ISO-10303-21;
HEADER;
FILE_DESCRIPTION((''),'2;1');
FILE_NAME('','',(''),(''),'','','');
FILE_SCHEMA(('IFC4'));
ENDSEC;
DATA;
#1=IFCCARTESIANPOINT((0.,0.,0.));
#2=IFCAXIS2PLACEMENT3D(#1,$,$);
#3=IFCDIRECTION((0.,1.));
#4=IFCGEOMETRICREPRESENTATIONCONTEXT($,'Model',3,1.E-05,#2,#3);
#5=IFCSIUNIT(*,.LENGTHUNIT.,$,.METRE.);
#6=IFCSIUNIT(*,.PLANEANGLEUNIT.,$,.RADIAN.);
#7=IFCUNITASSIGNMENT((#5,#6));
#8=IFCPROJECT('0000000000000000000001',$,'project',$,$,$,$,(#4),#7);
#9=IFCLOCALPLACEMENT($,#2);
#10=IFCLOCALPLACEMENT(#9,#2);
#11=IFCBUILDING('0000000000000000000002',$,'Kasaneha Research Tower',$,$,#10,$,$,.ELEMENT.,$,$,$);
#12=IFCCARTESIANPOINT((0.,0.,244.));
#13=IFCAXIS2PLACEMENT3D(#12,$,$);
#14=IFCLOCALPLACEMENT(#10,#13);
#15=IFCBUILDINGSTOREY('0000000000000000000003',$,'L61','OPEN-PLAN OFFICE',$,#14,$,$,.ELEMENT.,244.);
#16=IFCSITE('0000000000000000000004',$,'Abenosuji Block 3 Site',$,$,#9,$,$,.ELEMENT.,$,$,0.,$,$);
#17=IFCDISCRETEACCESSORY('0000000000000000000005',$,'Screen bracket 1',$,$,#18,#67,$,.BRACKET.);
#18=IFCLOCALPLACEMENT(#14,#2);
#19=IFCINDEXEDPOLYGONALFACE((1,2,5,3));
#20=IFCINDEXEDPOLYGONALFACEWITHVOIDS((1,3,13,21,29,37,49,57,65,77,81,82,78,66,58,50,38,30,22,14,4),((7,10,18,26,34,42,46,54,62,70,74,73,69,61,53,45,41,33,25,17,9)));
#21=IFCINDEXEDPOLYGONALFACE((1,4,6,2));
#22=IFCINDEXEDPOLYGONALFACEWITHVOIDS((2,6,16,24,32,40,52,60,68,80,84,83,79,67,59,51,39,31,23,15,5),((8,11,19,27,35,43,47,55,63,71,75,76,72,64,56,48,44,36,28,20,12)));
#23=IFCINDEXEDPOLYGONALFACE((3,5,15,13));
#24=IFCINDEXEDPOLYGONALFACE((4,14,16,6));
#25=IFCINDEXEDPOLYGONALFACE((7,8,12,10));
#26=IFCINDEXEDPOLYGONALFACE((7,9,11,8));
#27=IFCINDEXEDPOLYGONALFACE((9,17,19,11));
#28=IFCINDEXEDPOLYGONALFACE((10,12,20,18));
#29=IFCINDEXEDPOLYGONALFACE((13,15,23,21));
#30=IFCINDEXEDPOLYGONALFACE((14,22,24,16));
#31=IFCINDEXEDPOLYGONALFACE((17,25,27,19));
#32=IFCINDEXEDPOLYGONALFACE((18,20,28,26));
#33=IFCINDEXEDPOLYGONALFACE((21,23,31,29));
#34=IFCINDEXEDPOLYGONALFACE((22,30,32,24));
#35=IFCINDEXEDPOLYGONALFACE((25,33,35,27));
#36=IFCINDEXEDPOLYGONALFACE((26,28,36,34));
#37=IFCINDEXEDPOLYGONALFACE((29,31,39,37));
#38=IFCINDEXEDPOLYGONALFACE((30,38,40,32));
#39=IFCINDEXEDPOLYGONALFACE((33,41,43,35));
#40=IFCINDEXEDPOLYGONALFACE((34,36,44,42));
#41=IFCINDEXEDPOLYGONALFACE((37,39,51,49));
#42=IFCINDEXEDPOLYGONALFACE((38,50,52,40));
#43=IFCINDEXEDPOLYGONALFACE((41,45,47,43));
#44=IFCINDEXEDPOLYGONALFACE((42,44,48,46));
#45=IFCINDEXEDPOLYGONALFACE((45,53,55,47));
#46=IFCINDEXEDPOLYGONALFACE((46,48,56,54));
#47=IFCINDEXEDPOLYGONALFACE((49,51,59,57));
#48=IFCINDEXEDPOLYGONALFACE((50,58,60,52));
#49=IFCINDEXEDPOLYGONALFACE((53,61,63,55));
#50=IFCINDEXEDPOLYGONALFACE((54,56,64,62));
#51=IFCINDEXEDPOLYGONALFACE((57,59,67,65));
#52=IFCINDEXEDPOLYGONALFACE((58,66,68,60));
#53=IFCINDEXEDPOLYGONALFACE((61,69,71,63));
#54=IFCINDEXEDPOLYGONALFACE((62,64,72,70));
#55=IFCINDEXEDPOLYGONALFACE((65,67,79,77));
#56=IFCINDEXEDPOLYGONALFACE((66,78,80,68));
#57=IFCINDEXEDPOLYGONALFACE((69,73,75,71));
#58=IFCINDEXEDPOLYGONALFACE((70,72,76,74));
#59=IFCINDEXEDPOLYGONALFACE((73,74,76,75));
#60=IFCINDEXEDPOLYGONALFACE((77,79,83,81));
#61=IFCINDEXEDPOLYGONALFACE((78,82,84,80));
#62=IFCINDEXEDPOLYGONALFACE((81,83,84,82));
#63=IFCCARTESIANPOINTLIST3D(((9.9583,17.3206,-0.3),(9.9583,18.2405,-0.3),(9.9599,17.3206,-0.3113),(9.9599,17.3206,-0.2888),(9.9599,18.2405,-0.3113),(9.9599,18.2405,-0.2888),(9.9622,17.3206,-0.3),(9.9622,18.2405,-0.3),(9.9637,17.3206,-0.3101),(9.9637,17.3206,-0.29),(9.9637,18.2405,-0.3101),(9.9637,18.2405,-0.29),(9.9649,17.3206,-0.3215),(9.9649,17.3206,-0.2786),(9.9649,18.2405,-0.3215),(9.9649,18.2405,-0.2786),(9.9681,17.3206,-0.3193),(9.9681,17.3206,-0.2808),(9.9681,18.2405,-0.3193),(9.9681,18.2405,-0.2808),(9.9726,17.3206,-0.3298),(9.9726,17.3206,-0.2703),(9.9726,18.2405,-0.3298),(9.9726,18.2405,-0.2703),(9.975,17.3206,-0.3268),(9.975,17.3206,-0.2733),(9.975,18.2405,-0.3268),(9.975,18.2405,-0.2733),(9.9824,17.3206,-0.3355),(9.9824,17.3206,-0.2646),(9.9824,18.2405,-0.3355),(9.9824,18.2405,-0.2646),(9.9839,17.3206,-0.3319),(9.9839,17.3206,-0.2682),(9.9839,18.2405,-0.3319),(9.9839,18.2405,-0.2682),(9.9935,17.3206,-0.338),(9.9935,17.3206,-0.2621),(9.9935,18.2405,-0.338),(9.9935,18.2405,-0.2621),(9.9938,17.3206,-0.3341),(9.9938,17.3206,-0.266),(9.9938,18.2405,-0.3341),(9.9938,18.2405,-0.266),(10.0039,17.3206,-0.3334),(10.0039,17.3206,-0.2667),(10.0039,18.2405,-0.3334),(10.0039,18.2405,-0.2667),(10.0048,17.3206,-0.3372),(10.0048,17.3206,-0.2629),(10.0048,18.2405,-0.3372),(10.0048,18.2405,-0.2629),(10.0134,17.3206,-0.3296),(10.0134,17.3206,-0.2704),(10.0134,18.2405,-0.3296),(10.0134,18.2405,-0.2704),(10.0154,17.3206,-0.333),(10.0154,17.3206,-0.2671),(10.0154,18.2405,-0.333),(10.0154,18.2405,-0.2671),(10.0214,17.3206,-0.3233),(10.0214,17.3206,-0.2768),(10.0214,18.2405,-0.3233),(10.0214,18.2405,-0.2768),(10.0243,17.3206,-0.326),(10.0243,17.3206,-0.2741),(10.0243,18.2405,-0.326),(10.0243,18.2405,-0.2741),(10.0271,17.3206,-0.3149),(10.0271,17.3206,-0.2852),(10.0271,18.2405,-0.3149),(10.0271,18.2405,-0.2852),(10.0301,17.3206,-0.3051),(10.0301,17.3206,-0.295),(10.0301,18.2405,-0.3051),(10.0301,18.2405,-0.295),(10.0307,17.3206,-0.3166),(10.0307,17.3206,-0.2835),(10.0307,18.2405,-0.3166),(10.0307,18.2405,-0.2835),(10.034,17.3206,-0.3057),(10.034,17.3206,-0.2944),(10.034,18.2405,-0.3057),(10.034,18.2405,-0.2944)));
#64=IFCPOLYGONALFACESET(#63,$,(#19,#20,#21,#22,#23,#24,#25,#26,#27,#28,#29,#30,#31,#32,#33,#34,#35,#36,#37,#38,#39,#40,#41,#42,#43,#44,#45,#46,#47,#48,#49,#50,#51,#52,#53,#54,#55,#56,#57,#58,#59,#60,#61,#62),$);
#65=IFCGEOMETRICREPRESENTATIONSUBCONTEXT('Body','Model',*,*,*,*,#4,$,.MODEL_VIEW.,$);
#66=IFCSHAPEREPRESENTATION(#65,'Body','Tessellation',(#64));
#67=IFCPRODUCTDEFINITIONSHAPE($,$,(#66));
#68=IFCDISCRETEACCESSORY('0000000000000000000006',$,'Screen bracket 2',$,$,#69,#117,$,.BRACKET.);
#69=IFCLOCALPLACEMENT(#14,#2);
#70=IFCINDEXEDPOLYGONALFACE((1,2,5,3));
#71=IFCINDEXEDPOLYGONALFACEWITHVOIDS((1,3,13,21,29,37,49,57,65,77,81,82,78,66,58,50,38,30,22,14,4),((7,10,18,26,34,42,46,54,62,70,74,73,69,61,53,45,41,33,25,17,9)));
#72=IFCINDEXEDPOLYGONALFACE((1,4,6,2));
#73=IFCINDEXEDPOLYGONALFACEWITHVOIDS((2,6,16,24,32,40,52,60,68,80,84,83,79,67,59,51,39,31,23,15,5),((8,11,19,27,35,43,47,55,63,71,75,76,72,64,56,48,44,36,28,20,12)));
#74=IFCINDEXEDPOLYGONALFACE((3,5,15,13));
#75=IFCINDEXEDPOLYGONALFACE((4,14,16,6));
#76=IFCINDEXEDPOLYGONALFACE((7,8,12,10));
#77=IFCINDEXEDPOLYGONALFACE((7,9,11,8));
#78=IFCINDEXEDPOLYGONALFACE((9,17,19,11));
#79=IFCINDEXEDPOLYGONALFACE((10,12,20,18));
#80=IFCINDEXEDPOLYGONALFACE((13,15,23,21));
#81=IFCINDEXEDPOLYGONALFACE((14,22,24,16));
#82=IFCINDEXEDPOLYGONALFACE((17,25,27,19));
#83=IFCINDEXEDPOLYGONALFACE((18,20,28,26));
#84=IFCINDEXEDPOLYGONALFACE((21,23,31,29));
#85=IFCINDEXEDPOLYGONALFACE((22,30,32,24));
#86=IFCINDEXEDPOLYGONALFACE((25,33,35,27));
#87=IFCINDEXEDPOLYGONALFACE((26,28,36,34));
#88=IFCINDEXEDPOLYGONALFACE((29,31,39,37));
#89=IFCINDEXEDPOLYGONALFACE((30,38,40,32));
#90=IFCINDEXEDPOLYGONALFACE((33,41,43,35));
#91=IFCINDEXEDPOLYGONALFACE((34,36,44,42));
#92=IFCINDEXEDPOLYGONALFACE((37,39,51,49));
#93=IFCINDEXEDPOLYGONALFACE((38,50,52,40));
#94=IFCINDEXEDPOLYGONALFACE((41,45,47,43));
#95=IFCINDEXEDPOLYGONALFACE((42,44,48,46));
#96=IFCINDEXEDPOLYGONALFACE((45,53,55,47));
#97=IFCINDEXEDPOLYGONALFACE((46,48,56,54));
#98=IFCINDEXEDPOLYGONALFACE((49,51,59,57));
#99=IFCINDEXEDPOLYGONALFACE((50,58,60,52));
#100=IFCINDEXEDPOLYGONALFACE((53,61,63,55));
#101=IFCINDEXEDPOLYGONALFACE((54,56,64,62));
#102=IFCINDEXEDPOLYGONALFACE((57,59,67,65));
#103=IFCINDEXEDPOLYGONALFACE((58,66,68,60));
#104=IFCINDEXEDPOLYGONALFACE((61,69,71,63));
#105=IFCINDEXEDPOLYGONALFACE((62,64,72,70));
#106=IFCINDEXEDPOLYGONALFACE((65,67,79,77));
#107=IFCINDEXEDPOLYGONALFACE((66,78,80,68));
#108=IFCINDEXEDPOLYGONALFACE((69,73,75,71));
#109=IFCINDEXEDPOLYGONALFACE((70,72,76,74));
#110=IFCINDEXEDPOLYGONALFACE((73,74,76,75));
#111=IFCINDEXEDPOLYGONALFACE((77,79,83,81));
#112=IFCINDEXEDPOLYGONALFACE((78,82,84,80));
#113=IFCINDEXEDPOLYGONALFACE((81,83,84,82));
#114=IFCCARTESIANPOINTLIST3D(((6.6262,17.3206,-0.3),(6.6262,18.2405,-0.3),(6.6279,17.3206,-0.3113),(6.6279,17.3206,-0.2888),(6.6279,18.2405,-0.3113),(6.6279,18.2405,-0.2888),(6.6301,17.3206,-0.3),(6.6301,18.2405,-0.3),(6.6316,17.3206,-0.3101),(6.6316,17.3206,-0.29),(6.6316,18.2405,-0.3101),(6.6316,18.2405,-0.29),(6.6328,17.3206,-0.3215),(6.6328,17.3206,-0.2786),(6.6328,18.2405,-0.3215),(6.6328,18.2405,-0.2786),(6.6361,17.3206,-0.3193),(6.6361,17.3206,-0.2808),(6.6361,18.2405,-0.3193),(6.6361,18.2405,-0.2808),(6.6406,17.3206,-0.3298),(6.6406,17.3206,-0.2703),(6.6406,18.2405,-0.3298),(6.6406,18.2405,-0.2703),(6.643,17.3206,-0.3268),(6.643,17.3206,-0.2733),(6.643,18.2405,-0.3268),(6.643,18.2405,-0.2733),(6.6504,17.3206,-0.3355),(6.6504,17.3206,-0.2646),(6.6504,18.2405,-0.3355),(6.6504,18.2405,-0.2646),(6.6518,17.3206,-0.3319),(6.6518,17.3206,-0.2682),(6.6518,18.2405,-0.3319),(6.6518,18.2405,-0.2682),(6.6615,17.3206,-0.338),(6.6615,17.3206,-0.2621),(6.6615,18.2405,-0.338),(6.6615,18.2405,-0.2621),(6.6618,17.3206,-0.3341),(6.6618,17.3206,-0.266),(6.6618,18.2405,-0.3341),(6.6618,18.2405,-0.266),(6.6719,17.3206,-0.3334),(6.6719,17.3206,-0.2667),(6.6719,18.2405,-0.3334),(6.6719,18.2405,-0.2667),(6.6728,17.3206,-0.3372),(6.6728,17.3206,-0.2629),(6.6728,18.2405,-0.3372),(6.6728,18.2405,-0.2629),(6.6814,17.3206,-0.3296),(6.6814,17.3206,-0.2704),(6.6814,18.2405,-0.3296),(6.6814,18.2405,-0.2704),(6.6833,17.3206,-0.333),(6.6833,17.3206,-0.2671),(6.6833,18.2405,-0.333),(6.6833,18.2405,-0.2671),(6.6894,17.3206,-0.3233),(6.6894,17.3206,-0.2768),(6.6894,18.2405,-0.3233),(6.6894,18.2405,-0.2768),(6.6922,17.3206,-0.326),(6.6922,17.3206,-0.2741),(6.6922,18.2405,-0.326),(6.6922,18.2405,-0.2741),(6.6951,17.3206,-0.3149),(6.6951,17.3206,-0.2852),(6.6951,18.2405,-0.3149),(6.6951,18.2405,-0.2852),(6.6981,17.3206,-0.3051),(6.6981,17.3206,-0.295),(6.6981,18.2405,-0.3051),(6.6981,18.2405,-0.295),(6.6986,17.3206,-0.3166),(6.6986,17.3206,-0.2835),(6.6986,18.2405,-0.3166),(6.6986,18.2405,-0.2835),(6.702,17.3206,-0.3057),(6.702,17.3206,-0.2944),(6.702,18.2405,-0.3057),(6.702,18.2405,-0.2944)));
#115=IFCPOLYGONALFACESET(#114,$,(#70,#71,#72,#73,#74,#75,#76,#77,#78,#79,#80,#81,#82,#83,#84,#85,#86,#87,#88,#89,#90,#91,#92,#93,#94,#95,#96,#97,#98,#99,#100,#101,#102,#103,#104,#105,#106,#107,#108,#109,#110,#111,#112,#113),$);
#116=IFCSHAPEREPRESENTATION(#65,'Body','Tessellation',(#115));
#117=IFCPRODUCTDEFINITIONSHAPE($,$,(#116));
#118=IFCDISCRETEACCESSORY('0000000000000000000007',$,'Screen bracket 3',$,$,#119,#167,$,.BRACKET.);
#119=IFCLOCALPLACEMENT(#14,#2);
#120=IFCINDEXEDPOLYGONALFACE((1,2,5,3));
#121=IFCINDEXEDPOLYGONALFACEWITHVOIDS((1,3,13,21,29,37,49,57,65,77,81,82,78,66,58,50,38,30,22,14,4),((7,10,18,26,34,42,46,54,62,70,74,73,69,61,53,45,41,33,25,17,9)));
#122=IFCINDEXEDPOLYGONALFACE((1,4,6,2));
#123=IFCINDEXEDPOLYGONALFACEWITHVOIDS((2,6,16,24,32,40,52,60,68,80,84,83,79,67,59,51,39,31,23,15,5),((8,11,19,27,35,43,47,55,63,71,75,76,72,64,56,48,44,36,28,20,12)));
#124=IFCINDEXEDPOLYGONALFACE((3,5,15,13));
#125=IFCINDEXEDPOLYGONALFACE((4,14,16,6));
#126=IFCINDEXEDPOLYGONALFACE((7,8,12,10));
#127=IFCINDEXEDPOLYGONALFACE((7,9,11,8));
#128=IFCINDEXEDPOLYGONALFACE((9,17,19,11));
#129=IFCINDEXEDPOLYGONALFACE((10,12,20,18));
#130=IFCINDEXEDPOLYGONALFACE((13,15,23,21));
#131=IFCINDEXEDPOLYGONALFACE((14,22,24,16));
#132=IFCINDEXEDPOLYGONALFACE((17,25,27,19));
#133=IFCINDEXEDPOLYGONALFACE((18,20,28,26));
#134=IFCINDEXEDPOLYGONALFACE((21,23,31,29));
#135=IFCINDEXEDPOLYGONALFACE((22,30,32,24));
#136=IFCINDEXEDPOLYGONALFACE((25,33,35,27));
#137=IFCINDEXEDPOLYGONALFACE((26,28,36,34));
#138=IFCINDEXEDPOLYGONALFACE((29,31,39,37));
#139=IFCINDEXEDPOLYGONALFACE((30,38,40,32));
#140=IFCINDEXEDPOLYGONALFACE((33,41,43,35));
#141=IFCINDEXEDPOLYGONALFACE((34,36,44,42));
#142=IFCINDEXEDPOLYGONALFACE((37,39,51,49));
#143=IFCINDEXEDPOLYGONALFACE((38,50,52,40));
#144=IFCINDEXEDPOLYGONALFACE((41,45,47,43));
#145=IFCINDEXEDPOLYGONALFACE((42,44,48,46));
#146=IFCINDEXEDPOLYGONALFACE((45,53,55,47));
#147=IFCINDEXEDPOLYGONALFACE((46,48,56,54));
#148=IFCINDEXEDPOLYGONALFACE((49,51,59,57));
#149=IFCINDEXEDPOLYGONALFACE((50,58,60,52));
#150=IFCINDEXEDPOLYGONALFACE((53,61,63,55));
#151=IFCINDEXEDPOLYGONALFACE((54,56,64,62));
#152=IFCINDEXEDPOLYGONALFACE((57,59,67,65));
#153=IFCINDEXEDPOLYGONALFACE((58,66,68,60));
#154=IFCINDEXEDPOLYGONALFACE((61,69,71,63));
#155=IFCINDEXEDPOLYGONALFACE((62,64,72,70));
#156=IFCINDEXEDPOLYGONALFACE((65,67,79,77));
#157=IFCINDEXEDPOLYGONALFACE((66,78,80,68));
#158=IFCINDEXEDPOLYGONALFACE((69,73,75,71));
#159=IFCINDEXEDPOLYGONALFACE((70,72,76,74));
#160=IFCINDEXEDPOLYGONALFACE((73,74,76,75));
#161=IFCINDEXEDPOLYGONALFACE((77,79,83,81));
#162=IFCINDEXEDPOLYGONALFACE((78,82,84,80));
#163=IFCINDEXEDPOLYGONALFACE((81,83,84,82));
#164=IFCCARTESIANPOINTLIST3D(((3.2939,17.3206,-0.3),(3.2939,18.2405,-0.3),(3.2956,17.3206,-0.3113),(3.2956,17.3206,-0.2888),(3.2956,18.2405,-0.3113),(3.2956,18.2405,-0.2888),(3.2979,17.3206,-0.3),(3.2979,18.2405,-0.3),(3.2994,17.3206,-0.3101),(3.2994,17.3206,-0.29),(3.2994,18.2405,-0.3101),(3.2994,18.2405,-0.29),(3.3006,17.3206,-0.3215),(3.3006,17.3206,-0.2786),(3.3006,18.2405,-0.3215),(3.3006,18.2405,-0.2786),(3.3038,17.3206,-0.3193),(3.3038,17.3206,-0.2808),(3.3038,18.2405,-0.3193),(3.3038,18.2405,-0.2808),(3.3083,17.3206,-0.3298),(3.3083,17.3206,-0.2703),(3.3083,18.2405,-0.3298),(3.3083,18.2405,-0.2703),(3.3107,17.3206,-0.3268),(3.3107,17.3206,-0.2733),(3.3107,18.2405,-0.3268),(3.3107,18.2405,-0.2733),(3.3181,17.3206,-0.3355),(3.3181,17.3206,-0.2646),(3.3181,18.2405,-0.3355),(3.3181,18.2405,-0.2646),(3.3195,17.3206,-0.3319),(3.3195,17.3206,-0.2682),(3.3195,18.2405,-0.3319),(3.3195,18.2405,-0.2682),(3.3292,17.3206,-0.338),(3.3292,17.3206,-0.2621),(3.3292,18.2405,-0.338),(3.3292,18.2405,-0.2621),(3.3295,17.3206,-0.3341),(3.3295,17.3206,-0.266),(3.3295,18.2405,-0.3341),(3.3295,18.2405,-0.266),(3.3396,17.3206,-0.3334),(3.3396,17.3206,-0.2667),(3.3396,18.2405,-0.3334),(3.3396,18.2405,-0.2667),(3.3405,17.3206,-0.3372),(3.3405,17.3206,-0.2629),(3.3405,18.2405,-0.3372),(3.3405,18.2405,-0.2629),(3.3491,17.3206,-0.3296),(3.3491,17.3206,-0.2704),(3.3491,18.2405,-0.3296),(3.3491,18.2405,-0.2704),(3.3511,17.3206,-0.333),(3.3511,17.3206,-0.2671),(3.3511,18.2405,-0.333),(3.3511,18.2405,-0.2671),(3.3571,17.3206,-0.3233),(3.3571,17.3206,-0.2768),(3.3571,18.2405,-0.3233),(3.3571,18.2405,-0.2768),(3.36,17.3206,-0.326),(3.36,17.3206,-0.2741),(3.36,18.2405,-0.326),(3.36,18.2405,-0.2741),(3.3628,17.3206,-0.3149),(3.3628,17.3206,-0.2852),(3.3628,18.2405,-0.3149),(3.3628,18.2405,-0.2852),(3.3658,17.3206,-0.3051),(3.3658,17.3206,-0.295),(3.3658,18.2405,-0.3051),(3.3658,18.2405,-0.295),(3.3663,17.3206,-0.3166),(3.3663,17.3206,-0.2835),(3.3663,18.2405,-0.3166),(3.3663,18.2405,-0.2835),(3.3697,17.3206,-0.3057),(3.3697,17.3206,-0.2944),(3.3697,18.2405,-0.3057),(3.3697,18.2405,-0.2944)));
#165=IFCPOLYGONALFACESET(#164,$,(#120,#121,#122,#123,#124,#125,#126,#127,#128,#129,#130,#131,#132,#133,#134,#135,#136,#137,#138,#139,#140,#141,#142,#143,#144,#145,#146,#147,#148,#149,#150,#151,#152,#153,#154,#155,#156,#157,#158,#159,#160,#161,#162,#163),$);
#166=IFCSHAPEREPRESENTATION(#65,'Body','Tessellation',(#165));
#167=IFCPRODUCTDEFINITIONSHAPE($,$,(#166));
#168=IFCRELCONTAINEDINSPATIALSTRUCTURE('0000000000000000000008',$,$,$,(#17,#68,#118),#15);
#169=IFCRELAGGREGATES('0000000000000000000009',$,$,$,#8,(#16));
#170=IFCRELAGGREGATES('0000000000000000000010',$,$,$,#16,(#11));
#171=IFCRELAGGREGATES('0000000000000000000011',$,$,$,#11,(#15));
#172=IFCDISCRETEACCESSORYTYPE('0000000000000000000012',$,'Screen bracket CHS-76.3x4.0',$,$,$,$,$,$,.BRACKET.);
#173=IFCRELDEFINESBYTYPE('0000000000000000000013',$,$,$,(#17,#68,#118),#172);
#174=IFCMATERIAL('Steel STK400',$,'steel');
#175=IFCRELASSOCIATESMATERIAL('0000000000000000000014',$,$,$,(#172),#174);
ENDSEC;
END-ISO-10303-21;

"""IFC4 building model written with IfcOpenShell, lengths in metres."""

from ifc_helpers import new_model, si_unit, direction, frame, origin, origin_2d, place, context, subcontext, project, spatial, hollow_circle, extrude, material, material_profile, profile_set, type_object, element, save


model = new_model("IFC4")

# Units and contexts
model_context = context("Model", 3, precision=1e-05, world=origin(), true_north=direction((0.0, 1.0)))
body_context = subcontext(model_context, "Body", "Model", "MODEL_VIEW")
ifc_project = project(units=[si_unit("LENGTHUNIT", "METRE"), si_unit("PLANEANGLEUNIT", "RADIAN")], contexts=[model_context])

# Site, building, storey
site_placement = place(None, origin())
site = spatial("IfcSite", under=ifc_project, at=site_placement, Name="Abenosuji Block 3 Site", CompositionType="ELEMENT", RefElevation=0.0)
building_placement = place(site_placement, origin())
building = spatial("IfcBuilding", under=site, at=building_placement, Name="Kasaneha Research Tower", CompositionType="ELEMENT")
storey_placement = place(building_placement, frame((0.0, 0.0, 244.0)))
storey = spatial("IfcBuildingStorey", under=building, at=storey_placement, Name="L61", Description="OPEN-PLAN OFFICE", CompositionType="ELEMENT", Elevation=244.0)

# Discrete accessories
ifc_material_1 = material(Name="Steel STK400", Category="steel")
ifc_material_profile_1 = material_profile(ifc_material_1, hollow_circle(Radius=0.0381, WallThickness=0.0039, at=origin_2d()), Name="CHS-76.3x4.0")
ifc_profile_set_1 = profile_set([ifc_material_profile_1], Name="Steel STK400")
discrete_accessory_type = type_object("IfcDiscreteAccessoryType", Name="Screen bracket CHS-76.3x4.0", PredefinedType="BRACKET", material=ifc_profile_set_1)
for number, where, z_axis, x_axis, name in (
    (1, (9.9963, 17.3206, -0.3), (0.0, 1.0, 0.0), (-1.0, 0.0, 0.0), "Screen bracket 1"),
    (2, (6.6643, 17.3206, -0.3), (0.0, 1.0, 0.0), (-1.0, 0.0, 0.0), "Screen bracket 2"),
    (3, (3.332, 17.3206, -0.3), (0.0, 1.0, 0.0), (-1.0, 0.0, 0.0), "Screen bracket 3"),
):
    element("IfcDiscreteAccessory", number, at=place(storey_placement, frame(where, z_axis=z_axis, x_axis=x_axis)), inside=storey, type_object=discrete_accessory_type, Name=name, PredefinedType="BRACKET", context=body_context, shape_type="SweptSolid", body=[
        extrude(hollow_circle(Radius=0.0381, WallThickness=0.0039, at=origin_2d()), origin(), (0.0, 0.0, 1.0), 0.9199),
    ])

save(model, "model.ifc")
